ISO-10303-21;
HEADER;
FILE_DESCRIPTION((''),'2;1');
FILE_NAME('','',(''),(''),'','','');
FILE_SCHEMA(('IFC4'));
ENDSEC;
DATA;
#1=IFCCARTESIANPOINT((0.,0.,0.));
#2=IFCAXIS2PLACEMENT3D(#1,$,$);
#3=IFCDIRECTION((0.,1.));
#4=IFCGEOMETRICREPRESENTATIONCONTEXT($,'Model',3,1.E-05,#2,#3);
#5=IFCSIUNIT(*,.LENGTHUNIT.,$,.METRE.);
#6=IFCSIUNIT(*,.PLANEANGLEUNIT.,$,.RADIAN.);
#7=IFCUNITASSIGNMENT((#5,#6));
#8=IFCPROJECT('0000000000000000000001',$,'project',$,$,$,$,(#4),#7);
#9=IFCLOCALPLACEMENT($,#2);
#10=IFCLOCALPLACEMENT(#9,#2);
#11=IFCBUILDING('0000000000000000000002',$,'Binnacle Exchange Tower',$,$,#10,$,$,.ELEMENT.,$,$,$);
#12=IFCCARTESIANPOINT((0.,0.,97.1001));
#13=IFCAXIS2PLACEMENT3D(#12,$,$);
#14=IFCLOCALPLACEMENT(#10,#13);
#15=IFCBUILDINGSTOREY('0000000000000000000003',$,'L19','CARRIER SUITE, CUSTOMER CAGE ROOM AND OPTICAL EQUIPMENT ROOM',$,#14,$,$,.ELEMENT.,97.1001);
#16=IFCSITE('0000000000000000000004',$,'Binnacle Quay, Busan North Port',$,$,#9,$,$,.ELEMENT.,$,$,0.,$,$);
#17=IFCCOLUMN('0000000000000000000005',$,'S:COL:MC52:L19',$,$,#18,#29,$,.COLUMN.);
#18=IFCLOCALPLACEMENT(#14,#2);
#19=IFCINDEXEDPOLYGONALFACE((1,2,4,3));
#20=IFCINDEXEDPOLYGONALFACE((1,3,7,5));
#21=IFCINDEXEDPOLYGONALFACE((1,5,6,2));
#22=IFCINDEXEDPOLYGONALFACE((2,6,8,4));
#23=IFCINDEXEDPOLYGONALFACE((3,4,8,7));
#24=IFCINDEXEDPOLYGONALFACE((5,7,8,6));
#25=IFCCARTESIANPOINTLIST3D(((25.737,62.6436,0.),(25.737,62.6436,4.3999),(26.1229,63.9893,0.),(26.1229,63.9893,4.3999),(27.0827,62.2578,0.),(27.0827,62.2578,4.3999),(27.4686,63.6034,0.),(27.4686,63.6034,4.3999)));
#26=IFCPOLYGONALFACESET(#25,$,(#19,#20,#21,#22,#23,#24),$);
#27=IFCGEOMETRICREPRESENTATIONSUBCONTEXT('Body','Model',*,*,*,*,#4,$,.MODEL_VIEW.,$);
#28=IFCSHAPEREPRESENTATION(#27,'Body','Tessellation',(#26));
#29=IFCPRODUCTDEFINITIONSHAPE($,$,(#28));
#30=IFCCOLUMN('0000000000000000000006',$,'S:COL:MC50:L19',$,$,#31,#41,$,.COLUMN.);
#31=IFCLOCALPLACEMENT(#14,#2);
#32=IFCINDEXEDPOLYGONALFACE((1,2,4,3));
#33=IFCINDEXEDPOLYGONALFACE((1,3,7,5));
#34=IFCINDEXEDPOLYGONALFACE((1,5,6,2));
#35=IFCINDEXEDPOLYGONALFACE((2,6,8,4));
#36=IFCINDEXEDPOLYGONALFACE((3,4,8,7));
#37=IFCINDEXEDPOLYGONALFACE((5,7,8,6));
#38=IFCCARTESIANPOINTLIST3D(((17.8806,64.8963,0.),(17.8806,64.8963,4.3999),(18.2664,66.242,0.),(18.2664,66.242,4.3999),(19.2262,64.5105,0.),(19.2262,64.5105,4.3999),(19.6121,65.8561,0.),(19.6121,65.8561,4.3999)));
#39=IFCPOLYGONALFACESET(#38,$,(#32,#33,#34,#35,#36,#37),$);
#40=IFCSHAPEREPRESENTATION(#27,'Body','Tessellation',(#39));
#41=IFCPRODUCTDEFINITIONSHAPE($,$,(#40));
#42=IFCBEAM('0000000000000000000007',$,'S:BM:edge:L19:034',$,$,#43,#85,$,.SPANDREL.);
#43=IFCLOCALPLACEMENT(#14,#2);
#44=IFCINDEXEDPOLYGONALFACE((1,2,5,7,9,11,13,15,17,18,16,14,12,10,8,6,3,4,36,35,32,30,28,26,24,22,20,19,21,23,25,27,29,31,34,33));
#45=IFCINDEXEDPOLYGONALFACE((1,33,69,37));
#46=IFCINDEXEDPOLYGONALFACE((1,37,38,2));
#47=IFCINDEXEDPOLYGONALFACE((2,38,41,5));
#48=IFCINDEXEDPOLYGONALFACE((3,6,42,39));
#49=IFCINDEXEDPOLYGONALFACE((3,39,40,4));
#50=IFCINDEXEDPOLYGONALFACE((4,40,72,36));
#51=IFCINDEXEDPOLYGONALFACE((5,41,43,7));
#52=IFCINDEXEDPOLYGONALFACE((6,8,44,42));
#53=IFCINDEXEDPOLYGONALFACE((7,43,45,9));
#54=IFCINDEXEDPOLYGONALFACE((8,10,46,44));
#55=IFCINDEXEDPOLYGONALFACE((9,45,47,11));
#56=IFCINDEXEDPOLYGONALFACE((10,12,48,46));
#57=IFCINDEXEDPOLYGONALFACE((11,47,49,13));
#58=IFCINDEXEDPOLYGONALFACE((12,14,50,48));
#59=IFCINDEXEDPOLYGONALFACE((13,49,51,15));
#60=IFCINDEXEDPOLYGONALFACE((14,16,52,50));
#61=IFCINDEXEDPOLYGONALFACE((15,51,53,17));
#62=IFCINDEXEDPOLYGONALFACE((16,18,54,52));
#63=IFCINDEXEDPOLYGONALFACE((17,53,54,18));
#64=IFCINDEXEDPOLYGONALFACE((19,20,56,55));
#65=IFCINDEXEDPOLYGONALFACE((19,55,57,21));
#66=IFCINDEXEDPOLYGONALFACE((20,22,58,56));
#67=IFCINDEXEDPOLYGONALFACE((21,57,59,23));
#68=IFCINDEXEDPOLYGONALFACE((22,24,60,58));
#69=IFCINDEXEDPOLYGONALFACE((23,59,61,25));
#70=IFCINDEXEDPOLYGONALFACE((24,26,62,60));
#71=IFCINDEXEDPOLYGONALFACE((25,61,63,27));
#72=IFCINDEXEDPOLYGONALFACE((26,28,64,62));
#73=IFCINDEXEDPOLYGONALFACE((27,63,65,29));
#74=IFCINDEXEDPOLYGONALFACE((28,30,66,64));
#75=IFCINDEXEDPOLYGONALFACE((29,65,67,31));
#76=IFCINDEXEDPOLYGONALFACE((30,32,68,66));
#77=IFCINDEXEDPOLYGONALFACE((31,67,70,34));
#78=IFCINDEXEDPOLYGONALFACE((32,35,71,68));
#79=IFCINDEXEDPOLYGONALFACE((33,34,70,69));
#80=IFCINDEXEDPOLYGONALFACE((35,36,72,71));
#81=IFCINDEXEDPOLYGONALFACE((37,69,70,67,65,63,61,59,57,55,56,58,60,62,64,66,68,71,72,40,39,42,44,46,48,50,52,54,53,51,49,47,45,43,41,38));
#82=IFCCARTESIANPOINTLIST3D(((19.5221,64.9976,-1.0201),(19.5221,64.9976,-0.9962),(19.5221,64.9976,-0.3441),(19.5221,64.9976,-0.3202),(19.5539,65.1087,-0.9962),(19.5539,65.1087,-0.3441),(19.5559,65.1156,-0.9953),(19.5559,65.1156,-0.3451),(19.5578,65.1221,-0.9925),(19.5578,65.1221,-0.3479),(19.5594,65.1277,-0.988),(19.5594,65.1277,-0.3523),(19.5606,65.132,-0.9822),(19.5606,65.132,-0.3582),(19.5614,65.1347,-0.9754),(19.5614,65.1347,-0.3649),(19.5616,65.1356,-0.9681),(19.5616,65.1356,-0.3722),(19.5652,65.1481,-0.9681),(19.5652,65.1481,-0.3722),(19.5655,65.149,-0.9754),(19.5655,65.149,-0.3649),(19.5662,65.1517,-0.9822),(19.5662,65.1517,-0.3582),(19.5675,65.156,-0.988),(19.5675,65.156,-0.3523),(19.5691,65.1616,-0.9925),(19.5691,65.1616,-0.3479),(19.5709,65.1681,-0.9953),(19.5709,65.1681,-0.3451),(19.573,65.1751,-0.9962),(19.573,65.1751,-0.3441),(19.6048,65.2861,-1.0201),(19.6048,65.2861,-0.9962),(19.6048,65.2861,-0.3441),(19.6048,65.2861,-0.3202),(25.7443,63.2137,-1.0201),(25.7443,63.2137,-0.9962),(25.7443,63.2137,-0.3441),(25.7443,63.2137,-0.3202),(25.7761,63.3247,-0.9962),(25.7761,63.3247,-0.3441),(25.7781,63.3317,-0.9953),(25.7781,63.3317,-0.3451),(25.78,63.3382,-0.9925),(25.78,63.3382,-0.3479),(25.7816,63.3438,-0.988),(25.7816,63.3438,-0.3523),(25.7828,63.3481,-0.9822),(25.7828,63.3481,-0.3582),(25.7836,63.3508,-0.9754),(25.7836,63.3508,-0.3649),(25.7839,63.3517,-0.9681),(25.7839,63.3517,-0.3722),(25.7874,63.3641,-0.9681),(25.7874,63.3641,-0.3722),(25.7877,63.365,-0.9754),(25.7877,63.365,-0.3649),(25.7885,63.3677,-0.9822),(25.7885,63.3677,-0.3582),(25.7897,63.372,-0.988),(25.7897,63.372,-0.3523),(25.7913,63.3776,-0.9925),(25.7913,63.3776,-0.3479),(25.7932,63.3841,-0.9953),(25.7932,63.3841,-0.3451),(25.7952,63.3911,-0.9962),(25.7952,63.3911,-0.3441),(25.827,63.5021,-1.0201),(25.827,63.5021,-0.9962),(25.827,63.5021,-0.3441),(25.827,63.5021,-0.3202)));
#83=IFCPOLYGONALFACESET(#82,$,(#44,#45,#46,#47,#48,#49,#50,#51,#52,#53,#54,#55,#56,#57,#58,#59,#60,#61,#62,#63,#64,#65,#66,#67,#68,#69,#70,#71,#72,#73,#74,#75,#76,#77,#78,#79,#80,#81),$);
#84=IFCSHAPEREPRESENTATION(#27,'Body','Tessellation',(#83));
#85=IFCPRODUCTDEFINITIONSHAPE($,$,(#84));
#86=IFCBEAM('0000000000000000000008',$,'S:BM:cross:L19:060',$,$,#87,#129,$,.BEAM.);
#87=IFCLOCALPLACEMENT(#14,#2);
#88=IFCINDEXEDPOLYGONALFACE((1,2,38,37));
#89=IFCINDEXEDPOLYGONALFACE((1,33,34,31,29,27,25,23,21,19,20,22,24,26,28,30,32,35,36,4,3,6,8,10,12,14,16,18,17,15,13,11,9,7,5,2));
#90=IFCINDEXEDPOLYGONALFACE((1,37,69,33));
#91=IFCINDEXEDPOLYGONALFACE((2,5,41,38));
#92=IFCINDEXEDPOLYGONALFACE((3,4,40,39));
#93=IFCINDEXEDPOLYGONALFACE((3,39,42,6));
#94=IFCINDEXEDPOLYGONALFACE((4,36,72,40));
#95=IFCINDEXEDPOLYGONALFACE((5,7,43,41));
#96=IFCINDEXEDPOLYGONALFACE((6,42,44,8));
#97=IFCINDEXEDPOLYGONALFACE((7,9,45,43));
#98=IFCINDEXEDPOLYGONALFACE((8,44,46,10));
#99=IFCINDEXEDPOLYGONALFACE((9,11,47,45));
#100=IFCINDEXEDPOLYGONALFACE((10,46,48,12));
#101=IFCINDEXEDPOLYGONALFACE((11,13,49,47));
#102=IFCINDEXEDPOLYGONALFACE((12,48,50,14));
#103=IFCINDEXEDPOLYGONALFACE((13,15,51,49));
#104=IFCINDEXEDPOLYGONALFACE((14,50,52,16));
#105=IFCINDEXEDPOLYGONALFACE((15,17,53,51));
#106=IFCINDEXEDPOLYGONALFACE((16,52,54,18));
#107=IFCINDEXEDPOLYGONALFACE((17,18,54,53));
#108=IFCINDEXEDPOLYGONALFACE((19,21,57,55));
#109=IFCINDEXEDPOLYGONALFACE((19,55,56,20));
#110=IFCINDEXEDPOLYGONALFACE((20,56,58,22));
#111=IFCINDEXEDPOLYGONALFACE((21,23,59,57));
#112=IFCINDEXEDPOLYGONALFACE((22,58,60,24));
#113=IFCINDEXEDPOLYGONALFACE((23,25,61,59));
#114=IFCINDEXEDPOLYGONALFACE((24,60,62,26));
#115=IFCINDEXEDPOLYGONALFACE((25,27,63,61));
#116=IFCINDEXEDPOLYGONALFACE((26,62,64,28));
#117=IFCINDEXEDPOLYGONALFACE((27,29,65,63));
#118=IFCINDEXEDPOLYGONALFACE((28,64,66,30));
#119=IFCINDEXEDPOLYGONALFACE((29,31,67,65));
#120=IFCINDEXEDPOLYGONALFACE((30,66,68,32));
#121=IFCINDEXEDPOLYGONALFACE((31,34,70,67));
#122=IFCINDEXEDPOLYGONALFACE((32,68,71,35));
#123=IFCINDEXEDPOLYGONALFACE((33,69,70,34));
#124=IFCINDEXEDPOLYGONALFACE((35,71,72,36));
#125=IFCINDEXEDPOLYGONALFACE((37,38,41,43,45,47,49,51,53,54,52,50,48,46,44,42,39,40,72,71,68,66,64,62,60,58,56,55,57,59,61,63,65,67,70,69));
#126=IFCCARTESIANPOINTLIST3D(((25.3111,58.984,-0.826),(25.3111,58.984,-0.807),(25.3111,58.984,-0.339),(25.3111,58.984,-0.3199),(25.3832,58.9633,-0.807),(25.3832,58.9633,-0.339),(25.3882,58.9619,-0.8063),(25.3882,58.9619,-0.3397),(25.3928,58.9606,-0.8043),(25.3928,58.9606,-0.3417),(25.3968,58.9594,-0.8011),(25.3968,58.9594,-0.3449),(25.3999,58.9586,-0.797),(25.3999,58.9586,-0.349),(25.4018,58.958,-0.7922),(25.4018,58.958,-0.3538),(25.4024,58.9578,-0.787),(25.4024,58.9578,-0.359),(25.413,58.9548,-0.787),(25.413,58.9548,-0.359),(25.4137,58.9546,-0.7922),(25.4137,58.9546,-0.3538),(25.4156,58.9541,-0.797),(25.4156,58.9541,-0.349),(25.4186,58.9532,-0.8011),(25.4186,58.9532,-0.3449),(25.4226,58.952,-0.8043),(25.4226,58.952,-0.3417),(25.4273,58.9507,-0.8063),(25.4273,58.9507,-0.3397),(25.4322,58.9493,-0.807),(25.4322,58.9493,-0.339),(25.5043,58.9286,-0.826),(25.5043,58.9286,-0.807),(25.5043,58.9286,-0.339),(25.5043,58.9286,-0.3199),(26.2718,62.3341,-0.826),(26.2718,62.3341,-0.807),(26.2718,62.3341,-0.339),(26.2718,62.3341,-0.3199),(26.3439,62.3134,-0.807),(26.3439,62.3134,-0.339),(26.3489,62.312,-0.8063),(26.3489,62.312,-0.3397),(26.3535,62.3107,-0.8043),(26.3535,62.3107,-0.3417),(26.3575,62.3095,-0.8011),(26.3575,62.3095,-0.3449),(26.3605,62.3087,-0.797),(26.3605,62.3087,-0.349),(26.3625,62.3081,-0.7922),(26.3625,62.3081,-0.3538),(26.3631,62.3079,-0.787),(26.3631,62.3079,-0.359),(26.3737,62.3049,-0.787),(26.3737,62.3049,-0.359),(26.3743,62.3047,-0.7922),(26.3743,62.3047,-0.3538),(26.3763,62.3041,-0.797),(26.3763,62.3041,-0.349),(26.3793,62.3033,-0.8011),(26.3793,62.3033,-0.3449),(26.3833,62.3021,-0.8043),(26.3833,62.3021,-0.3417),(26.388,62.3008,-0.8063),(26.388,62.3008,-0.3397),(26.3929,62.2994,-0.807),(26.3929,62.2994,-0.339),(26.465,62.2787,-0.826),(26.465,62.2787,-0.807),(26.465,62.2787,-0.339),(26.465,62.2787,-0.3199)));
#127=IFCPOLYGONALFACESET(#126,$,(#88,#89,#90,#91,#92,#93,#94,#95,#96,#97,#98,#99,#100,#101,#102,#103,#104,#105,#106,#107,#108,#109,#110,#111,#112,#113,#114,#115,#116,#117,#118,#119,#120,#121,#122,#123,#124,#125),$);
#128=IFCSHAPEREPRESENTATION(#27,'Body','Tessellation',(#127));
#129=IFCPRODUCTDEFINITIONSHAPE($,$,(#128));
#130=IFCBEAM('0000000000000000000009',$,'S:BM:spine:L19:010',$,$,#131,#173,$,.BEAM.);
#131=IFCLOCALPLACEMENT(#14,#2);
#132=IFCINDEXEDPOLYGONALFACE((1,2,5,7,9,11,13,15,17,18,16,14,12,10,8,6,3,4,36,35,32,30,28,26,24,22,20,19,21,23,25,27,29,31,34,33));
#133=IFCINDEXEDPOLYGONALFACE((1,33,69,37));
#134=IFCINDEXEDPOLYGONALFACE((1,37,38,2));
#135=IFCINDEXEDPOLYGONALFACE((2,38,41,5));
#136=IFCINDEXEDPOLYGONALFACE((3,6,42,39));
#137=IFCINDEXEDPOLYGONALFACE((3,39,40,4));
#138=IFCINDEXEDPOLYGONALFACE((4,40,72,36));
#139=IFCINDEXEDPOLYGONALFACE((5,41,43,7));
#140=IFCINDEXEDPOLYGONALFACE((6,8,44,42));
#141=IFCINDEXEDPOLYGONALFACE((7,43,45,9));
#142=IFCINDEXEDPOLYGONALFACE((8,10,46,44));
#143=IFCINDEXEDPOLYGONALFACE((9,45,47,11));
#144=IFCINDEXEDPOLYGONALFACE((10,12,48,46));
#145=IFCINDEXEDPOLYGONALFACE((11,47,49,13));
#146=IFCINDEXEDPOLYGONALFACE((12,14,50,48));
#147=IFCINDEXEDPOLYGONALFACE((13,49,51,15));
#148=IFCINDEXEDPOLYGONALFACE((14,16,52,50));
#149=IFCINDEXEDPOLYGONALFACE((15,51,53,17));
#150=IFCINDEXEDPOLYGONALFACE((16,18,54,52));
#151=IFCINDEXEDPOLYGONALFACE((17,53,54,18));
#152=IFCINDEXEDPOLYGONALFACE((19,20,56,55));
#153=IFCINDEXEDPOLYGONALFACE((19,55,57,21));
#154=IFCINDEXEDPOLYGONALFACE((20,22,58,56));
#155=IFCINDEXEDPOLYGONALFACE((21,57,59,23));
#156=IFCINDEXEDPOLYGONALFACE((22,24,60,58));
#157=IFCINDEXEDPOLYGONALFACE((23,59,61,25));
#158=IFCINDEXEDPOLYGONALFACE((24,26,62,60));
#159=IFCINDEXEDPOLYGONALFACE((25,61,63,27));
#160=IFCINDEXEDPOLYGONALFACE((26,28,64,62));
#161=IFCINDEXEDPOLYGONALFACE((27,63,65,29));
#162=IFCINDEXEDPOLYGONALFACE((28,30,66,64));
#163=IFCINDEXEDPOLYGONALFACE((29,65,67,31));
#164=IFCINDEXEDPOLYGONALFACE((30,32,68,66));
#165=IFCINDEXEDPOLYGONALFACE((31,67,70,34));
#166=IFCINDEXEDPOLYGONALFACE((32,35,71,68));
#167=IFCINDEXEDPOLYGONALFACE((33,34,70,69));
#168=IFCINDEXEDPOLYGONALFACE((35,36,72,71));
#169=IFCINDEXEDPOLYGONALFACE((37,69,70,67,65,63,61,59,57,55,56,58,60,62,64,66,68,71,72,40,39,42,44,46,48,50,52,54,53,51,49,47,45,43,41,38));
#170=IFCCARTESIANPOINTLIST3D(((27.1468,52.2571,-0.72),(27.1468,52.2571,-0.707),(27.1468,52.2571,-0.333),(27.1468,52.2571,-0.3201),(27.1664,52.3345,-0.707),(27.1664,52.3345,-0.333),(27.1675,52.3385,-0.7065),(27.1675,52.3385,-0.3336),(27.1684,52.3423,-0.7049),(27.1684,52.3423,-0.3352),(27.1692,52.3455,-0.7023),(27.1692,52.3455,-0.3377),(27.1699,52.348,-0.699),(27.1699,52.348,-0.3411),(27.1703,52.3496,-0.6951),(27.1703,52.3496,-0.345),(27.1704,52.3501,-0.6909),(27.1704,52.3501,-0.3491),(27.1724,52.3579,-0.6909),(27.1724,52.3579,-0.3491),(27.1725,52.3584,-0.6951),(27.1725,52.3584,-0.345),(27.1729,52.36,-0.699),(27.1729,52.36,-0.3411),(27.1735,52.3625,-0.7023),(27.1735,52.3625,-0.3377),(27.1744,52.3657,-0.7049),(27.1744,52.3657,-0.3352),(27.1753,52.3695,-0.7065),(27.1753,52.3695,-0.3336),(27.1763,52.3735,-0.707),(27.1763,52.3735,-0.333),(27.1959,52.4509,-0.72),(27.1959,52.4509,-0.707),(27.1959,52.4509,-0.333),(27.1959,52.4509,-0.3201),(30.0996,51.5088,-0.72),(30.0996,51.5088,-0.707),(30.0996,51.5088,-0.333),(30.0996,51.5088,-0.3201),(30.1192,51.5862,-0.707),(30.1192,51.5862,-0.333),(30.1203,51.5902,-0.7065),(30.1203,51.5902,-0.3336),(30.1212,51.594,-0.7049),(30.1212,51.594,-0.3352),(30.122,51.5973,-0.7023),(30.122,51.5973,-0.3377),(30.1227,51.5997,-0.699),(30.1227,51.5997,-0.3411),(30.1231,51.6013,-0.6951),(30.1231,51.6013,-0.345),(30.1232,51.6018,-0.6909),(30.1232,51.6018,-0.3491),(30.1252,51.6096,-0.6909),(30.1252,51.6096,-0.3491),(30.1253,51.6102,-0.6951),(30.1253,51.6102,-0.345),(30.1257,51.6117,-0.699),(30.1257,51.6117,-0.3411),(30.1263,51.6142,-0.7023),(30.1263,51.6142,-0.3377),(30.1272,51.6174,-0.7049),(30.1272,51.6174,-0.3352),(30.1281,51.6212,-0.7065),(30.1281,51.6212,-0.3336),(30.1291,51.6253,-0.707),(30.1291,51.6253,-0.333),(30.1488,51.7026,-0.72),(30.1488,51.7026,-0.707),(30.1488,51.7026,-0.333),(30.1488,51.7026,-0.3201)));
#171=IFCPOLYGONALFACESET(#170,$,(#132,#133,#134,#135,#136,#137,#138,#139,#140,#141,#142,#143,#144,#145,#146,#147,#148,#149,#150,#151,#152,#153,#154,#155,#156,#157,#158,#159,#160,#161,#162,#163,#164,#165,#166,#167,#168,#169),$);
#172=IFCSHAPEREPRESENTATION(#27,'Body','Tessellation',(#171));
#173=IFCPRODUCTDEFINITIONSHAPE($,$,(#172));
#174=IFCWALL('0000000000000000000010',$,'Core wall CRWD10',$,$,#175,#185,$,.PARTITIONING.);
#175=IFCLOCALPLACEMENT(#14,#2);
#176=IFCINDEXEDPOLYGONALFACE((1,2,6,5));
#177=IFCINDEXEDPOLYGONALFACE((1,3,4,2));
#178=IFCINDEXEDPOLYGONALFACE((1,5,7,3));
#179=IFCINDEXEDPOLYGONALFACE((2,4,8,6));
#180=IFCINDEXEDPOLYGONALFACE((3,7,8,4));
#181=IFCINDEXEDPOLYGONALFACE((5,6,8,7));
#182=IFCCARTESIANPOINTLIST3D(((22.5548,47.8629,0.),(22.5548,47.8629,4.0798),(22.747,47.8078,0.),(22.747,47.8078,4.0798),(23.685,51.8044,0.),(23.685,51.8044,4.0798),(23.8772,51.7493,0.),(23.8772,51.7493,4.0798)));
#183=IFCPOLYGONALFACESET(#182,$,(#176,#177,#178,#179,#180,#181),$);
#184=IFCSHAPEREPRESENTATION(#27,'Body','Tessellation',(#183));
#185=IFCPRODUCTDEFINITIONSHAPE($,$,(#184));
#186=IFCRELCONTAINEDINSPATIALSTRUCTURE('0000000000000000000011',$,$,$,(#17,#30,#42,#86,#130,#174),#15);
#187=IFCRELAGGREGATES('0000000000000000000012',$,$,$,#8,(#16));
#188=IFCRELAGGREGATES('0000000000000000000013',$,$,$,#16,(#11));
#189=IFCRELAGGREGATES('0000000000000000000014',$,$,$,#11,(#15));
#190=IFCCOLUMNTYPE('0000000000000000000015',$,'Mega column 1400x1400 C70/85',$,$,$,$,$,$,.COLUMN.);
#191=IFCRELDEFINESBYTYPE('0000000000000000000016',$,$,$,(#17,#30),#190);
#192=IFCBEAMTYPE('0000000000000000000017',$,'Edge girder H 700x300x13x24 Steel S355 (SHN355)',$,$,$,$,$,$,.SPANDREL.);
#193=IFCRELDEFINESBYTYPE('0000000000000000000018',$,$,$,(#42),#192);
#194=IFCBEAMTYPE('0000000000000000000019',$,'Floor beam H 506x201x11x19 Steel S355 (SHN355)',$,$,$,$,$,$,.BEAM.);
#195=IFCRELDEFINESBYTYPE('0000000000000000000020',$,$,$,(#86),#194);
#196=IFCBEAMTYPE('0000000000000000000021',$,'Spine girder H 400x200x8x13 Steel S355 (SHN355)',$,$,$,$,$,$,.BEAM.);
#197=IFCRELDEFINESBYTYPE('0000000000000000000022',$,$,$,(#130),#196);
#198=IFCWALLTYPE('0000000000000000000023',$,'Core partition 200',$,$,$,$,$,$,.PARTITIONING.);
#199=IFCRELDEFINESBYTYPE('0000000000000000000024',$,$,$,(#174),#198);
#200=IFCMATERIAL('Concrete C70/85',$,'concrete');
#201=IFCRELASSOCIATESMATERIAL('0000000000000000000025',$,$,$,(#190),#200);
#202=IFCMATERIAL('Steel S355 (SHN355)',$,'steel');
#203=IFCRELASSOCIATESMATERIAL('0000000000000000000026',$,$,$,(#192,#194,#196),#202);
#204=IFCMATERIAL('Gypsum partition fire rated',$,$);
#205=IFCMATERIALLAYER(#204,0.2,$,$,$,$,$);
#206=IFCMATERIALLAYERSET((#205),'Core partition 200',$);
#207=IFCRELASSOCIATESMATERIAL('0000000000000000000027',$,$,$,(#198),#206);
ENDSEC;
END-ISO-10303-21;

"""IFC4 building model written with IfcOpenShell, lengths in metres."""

from ifc_helpers import new_model, si_unit, direction, frame, frame_2d, origin, origin_2d, place, context, subcontext, project, spatial, rectangle, i_section, extrude, material, layer, layer_set, material_profile, profile_set, type_object, element, save


model = new_model("IFC4")

# Units and contexts
model_context = context("Model", 3, precision=1e-05, world=origin(), true_north=direction((0.0, 1.0)))
body_context = subcontext(model_context, "Body", "Model", "MODEL_VIEW")
ifc_project = project(units=[si_unit("LENGTHUNIT", "METRE"), si_unit("PLANEANGLEUNIT", "RADIAN")], contexts=[model_context])

# Site, building, storey
site_placement = place(None, origin())
site = spatial("IfcSite", under=ifc_project, at=site_placement, Name="Binnacle Quay, Busan North Port", CompositionType="ELEMENT", RefElevation=0.0)
building_placement = place(site_placement, origin())
building = spatial("IfcBuilding", under=site, at=building_placement, Name="Binnacle Exchange Tower", CompositionType="ELEMENT")
storey_placement = place(building_placement, frame((0.0, 0.0, 97.1001)))
storey = spatial("IfcBuildingStorey", under=building, at=storey_placement, Name="L19", Description="CARRIER SUITE, CUSTOMER CAGE ROOM AND OPTICAL EQUIPMENT ROOM", CompositionType="ELEMENT", Elevation=97.1001)

# Columns
ifc_material_1 = material(Name="Concrete C70/85", Category="concrete")
ifc_material_profile_1 = material_profile(ifc_material_1, rectangle(XDim=1.3999, YDim=1.3999, at=origin_2d()), Name="Mega column 1400x1400 C70/85")
ifc_profile_set_1 = profile_set([ifc_material_profile_1], Name="Concrete C70/85")
column_type = type_object("IfcColumnType", Name="Mega column 1400x1400 C70/85", PredefinedType="COLUMN", material=ifc_profile_set_1)
for number, where, z_axis, x_axis, name in (
    (1, (26.6028, 63.1235, 0.0), (0.0, 0.0, 1.0), (-0.961262, 0.275637, 0.0), "S:COL:MC52:L19"),
    (2, (18.7463, 65.3762, 0.0), (0.0, 0.0, 1.0), (-0.961262, 0.275637, 0.0), "S:COL:MC50:L19"),
):
    element("IfcColumn", number, at=place(storey_placement, frame(where, z_axis=z_axis, x_axis=x_axis)), inside=storey, type_object=column_type, Name=name, PredefinedType="COLUMN", context=body_context, shape_type="SweptSolid", body=[
        extrude(rectangle(XDim=1.3999, YDim=1.3999, at=origin_2d()), origin(), (0.0, 0.0, 1.0), 4.3999),
    ])

# Beams
ifc_material_2 = material(Name="Steel S355 (SHN355)", Category="steel")
ifc_material_profile_2 = material_profile(ifc_material_2, i_section(OverallWidth=0.3, OverallDepth=0.7, WebThickness=0.0129, FlangeThickness=0.0239, FilletRadius=0.0281, at=origin_2d()), Name="H 700x300x13x24")
ifc_profile_set_2 = profile_set([ifc_material_profile_2], Name="Steel S355 (SHN355)")
beam_type_1 = type_object("IfcBeamType", Name="Edge girder H 700x300x13x24 Steel S355 (SHN355)", PredefinedType="SPANDREL", material=ifc_profile_set_2)
beam_1_placement = place(storey_placement, frame((25.7856, 63.3579, -0.6702), z_axis=(-0.961272, 0.275603, 0.0), x_axis=(-0.275603, -0.961272, 0.0)))
element("IfcBeam", 3, at=beam_1_placement, inside=storey, type_object=beam_type_1, Name="S:BM:edge:L19:034", PredefinedType="SPANDREL", context=body_context, shape_type="SweptSolid", body=[
    extrude(i_section(OverallWidth=0.3, OverallDepth=0.7, WebThickness=0.0129, FlangeThickness=0.0239, FilletRadius=0.0281, at=origin_2d()), origin(), (0.0, 0.0, 1.0), 6.4729),
])
ifc_material_profile_3 = material_profile(ifc_material_2, i_section(OverallWidth=0.2009, OverallDepth=0.5061, WebThickness=0.011, FlangeThickness=0.019, FilletRadius=0.02, at=origin_2d()), Name="H 506x201x11x19")
ifc_profile_set_3 = profile_set([ifc_material_profile_3], Name="Steel S355 (SHN355)")
beam_type_2 = type_object("IfcBeamType", Name="Floor beam H 506x201x11x19 Steel S355 (SHN355)", PredefinedType="BEAM", material=ifc_profile_set_3)
beam_2_placement = place(storey_placement, frame((26.3684, 62.3064, -0.573), z_axis=(-0.275655, -0.961257, 0.0), x_axis=(0.961257, -0.275655, 0.0)))
element("IfcBeam", 4, at=beam_2_placement, inside=storey, type_object=beam_type_2, Name="S:BM:cross:L19:060", PredefinedType="BEAM", context=body_context, shape_type="SweptSolid", body=[
    extrude(i_section(OverallWidth=0.2009, OverallDepth=0.5061, WebThickness=0.011, FlangeThickness=0.019, FilletRadius=0.02, at=origin_2d()), origin(), (0.0, 0.0, 1.0), 3.4851),
])
ifc_material_profile_4 = material_profile(ifc_material_2, i_section(OverallWidth=0.2, OverallDepth=0.3999, WebThickness=0.0081, FlangeThickness=0.0129, FilletRadius=0.0161, at=origin_2d()), Name="H 400x200x8x13")
ifc_profile_set_4 = profile_set([ifc_material_profile_4], Name="Steel S355 (SHN355)")
beam_type_3 = type_object("IfcBeamType", Name="Spine girder H 400x200x8x13 Steel S355 (SHN355)", PredefinedType="BEAM", material=ifc_profile_set_4)
beam_3_placement = place(storey_placement, frame((27.1714, 52.354, -0.52), z_axis=(0.96936, -0.245646, 0.0), x_axis=(0.245646, 0.96936, 0.0)))
element("IfcBeam", 5, at=beam_3_placement, inside=storey, type_object=beam_type_3, Name="S:BM:spine:L19:010", PredefinedType="BEAM", context=body_context, shape_type="SweptSolid", body=[
    extrude(i_section(OverallWidth=0.2, OverallDepth=0.3999, WebThickness=0.0081, FlangeThickness=0.0129, FilletRadius=0.0161, at=origin_2d()), origin(), (0.0, 0.0, 1.0), 3.0461),
])

# Wall
ifc_material_3 = material(Name="Gypsum partition fire rated")
ifc_layer_1 = layer(ifc_material_3, 0.2)
ifc_layer_set_1 = layer_set([ifc_layer_1], Name="Core partition 200")
wall_type_1 = type_object("IfcWallType", Name="Core partition 200", PredefinedType="PARTITIONING", material=ifc_layer_set_1)
wall_1_placement = place(storey_placement, frame((22.6509, 47.8352, 0.0), z_axis=(0.0, 0.0, 1.0), x_axis=(0.275625, 0.961265, 0.0)))
element("IfcWall", 6, at=wall_1_placement, inside=storey, type_object=wall_type_1, Name="Core wall CRWD10", PredefinedType="PARTITIONING", context=body_context, shape_type="SweptSolid", body=[
    extrude(rectangle(XDim=4.1003, YDim=0.2, at=frame_2d((2.0503, 0.0))), origin(), (0.0, 0.0, 1.0), 4.0798),
])

save(model, "model.ifc")
